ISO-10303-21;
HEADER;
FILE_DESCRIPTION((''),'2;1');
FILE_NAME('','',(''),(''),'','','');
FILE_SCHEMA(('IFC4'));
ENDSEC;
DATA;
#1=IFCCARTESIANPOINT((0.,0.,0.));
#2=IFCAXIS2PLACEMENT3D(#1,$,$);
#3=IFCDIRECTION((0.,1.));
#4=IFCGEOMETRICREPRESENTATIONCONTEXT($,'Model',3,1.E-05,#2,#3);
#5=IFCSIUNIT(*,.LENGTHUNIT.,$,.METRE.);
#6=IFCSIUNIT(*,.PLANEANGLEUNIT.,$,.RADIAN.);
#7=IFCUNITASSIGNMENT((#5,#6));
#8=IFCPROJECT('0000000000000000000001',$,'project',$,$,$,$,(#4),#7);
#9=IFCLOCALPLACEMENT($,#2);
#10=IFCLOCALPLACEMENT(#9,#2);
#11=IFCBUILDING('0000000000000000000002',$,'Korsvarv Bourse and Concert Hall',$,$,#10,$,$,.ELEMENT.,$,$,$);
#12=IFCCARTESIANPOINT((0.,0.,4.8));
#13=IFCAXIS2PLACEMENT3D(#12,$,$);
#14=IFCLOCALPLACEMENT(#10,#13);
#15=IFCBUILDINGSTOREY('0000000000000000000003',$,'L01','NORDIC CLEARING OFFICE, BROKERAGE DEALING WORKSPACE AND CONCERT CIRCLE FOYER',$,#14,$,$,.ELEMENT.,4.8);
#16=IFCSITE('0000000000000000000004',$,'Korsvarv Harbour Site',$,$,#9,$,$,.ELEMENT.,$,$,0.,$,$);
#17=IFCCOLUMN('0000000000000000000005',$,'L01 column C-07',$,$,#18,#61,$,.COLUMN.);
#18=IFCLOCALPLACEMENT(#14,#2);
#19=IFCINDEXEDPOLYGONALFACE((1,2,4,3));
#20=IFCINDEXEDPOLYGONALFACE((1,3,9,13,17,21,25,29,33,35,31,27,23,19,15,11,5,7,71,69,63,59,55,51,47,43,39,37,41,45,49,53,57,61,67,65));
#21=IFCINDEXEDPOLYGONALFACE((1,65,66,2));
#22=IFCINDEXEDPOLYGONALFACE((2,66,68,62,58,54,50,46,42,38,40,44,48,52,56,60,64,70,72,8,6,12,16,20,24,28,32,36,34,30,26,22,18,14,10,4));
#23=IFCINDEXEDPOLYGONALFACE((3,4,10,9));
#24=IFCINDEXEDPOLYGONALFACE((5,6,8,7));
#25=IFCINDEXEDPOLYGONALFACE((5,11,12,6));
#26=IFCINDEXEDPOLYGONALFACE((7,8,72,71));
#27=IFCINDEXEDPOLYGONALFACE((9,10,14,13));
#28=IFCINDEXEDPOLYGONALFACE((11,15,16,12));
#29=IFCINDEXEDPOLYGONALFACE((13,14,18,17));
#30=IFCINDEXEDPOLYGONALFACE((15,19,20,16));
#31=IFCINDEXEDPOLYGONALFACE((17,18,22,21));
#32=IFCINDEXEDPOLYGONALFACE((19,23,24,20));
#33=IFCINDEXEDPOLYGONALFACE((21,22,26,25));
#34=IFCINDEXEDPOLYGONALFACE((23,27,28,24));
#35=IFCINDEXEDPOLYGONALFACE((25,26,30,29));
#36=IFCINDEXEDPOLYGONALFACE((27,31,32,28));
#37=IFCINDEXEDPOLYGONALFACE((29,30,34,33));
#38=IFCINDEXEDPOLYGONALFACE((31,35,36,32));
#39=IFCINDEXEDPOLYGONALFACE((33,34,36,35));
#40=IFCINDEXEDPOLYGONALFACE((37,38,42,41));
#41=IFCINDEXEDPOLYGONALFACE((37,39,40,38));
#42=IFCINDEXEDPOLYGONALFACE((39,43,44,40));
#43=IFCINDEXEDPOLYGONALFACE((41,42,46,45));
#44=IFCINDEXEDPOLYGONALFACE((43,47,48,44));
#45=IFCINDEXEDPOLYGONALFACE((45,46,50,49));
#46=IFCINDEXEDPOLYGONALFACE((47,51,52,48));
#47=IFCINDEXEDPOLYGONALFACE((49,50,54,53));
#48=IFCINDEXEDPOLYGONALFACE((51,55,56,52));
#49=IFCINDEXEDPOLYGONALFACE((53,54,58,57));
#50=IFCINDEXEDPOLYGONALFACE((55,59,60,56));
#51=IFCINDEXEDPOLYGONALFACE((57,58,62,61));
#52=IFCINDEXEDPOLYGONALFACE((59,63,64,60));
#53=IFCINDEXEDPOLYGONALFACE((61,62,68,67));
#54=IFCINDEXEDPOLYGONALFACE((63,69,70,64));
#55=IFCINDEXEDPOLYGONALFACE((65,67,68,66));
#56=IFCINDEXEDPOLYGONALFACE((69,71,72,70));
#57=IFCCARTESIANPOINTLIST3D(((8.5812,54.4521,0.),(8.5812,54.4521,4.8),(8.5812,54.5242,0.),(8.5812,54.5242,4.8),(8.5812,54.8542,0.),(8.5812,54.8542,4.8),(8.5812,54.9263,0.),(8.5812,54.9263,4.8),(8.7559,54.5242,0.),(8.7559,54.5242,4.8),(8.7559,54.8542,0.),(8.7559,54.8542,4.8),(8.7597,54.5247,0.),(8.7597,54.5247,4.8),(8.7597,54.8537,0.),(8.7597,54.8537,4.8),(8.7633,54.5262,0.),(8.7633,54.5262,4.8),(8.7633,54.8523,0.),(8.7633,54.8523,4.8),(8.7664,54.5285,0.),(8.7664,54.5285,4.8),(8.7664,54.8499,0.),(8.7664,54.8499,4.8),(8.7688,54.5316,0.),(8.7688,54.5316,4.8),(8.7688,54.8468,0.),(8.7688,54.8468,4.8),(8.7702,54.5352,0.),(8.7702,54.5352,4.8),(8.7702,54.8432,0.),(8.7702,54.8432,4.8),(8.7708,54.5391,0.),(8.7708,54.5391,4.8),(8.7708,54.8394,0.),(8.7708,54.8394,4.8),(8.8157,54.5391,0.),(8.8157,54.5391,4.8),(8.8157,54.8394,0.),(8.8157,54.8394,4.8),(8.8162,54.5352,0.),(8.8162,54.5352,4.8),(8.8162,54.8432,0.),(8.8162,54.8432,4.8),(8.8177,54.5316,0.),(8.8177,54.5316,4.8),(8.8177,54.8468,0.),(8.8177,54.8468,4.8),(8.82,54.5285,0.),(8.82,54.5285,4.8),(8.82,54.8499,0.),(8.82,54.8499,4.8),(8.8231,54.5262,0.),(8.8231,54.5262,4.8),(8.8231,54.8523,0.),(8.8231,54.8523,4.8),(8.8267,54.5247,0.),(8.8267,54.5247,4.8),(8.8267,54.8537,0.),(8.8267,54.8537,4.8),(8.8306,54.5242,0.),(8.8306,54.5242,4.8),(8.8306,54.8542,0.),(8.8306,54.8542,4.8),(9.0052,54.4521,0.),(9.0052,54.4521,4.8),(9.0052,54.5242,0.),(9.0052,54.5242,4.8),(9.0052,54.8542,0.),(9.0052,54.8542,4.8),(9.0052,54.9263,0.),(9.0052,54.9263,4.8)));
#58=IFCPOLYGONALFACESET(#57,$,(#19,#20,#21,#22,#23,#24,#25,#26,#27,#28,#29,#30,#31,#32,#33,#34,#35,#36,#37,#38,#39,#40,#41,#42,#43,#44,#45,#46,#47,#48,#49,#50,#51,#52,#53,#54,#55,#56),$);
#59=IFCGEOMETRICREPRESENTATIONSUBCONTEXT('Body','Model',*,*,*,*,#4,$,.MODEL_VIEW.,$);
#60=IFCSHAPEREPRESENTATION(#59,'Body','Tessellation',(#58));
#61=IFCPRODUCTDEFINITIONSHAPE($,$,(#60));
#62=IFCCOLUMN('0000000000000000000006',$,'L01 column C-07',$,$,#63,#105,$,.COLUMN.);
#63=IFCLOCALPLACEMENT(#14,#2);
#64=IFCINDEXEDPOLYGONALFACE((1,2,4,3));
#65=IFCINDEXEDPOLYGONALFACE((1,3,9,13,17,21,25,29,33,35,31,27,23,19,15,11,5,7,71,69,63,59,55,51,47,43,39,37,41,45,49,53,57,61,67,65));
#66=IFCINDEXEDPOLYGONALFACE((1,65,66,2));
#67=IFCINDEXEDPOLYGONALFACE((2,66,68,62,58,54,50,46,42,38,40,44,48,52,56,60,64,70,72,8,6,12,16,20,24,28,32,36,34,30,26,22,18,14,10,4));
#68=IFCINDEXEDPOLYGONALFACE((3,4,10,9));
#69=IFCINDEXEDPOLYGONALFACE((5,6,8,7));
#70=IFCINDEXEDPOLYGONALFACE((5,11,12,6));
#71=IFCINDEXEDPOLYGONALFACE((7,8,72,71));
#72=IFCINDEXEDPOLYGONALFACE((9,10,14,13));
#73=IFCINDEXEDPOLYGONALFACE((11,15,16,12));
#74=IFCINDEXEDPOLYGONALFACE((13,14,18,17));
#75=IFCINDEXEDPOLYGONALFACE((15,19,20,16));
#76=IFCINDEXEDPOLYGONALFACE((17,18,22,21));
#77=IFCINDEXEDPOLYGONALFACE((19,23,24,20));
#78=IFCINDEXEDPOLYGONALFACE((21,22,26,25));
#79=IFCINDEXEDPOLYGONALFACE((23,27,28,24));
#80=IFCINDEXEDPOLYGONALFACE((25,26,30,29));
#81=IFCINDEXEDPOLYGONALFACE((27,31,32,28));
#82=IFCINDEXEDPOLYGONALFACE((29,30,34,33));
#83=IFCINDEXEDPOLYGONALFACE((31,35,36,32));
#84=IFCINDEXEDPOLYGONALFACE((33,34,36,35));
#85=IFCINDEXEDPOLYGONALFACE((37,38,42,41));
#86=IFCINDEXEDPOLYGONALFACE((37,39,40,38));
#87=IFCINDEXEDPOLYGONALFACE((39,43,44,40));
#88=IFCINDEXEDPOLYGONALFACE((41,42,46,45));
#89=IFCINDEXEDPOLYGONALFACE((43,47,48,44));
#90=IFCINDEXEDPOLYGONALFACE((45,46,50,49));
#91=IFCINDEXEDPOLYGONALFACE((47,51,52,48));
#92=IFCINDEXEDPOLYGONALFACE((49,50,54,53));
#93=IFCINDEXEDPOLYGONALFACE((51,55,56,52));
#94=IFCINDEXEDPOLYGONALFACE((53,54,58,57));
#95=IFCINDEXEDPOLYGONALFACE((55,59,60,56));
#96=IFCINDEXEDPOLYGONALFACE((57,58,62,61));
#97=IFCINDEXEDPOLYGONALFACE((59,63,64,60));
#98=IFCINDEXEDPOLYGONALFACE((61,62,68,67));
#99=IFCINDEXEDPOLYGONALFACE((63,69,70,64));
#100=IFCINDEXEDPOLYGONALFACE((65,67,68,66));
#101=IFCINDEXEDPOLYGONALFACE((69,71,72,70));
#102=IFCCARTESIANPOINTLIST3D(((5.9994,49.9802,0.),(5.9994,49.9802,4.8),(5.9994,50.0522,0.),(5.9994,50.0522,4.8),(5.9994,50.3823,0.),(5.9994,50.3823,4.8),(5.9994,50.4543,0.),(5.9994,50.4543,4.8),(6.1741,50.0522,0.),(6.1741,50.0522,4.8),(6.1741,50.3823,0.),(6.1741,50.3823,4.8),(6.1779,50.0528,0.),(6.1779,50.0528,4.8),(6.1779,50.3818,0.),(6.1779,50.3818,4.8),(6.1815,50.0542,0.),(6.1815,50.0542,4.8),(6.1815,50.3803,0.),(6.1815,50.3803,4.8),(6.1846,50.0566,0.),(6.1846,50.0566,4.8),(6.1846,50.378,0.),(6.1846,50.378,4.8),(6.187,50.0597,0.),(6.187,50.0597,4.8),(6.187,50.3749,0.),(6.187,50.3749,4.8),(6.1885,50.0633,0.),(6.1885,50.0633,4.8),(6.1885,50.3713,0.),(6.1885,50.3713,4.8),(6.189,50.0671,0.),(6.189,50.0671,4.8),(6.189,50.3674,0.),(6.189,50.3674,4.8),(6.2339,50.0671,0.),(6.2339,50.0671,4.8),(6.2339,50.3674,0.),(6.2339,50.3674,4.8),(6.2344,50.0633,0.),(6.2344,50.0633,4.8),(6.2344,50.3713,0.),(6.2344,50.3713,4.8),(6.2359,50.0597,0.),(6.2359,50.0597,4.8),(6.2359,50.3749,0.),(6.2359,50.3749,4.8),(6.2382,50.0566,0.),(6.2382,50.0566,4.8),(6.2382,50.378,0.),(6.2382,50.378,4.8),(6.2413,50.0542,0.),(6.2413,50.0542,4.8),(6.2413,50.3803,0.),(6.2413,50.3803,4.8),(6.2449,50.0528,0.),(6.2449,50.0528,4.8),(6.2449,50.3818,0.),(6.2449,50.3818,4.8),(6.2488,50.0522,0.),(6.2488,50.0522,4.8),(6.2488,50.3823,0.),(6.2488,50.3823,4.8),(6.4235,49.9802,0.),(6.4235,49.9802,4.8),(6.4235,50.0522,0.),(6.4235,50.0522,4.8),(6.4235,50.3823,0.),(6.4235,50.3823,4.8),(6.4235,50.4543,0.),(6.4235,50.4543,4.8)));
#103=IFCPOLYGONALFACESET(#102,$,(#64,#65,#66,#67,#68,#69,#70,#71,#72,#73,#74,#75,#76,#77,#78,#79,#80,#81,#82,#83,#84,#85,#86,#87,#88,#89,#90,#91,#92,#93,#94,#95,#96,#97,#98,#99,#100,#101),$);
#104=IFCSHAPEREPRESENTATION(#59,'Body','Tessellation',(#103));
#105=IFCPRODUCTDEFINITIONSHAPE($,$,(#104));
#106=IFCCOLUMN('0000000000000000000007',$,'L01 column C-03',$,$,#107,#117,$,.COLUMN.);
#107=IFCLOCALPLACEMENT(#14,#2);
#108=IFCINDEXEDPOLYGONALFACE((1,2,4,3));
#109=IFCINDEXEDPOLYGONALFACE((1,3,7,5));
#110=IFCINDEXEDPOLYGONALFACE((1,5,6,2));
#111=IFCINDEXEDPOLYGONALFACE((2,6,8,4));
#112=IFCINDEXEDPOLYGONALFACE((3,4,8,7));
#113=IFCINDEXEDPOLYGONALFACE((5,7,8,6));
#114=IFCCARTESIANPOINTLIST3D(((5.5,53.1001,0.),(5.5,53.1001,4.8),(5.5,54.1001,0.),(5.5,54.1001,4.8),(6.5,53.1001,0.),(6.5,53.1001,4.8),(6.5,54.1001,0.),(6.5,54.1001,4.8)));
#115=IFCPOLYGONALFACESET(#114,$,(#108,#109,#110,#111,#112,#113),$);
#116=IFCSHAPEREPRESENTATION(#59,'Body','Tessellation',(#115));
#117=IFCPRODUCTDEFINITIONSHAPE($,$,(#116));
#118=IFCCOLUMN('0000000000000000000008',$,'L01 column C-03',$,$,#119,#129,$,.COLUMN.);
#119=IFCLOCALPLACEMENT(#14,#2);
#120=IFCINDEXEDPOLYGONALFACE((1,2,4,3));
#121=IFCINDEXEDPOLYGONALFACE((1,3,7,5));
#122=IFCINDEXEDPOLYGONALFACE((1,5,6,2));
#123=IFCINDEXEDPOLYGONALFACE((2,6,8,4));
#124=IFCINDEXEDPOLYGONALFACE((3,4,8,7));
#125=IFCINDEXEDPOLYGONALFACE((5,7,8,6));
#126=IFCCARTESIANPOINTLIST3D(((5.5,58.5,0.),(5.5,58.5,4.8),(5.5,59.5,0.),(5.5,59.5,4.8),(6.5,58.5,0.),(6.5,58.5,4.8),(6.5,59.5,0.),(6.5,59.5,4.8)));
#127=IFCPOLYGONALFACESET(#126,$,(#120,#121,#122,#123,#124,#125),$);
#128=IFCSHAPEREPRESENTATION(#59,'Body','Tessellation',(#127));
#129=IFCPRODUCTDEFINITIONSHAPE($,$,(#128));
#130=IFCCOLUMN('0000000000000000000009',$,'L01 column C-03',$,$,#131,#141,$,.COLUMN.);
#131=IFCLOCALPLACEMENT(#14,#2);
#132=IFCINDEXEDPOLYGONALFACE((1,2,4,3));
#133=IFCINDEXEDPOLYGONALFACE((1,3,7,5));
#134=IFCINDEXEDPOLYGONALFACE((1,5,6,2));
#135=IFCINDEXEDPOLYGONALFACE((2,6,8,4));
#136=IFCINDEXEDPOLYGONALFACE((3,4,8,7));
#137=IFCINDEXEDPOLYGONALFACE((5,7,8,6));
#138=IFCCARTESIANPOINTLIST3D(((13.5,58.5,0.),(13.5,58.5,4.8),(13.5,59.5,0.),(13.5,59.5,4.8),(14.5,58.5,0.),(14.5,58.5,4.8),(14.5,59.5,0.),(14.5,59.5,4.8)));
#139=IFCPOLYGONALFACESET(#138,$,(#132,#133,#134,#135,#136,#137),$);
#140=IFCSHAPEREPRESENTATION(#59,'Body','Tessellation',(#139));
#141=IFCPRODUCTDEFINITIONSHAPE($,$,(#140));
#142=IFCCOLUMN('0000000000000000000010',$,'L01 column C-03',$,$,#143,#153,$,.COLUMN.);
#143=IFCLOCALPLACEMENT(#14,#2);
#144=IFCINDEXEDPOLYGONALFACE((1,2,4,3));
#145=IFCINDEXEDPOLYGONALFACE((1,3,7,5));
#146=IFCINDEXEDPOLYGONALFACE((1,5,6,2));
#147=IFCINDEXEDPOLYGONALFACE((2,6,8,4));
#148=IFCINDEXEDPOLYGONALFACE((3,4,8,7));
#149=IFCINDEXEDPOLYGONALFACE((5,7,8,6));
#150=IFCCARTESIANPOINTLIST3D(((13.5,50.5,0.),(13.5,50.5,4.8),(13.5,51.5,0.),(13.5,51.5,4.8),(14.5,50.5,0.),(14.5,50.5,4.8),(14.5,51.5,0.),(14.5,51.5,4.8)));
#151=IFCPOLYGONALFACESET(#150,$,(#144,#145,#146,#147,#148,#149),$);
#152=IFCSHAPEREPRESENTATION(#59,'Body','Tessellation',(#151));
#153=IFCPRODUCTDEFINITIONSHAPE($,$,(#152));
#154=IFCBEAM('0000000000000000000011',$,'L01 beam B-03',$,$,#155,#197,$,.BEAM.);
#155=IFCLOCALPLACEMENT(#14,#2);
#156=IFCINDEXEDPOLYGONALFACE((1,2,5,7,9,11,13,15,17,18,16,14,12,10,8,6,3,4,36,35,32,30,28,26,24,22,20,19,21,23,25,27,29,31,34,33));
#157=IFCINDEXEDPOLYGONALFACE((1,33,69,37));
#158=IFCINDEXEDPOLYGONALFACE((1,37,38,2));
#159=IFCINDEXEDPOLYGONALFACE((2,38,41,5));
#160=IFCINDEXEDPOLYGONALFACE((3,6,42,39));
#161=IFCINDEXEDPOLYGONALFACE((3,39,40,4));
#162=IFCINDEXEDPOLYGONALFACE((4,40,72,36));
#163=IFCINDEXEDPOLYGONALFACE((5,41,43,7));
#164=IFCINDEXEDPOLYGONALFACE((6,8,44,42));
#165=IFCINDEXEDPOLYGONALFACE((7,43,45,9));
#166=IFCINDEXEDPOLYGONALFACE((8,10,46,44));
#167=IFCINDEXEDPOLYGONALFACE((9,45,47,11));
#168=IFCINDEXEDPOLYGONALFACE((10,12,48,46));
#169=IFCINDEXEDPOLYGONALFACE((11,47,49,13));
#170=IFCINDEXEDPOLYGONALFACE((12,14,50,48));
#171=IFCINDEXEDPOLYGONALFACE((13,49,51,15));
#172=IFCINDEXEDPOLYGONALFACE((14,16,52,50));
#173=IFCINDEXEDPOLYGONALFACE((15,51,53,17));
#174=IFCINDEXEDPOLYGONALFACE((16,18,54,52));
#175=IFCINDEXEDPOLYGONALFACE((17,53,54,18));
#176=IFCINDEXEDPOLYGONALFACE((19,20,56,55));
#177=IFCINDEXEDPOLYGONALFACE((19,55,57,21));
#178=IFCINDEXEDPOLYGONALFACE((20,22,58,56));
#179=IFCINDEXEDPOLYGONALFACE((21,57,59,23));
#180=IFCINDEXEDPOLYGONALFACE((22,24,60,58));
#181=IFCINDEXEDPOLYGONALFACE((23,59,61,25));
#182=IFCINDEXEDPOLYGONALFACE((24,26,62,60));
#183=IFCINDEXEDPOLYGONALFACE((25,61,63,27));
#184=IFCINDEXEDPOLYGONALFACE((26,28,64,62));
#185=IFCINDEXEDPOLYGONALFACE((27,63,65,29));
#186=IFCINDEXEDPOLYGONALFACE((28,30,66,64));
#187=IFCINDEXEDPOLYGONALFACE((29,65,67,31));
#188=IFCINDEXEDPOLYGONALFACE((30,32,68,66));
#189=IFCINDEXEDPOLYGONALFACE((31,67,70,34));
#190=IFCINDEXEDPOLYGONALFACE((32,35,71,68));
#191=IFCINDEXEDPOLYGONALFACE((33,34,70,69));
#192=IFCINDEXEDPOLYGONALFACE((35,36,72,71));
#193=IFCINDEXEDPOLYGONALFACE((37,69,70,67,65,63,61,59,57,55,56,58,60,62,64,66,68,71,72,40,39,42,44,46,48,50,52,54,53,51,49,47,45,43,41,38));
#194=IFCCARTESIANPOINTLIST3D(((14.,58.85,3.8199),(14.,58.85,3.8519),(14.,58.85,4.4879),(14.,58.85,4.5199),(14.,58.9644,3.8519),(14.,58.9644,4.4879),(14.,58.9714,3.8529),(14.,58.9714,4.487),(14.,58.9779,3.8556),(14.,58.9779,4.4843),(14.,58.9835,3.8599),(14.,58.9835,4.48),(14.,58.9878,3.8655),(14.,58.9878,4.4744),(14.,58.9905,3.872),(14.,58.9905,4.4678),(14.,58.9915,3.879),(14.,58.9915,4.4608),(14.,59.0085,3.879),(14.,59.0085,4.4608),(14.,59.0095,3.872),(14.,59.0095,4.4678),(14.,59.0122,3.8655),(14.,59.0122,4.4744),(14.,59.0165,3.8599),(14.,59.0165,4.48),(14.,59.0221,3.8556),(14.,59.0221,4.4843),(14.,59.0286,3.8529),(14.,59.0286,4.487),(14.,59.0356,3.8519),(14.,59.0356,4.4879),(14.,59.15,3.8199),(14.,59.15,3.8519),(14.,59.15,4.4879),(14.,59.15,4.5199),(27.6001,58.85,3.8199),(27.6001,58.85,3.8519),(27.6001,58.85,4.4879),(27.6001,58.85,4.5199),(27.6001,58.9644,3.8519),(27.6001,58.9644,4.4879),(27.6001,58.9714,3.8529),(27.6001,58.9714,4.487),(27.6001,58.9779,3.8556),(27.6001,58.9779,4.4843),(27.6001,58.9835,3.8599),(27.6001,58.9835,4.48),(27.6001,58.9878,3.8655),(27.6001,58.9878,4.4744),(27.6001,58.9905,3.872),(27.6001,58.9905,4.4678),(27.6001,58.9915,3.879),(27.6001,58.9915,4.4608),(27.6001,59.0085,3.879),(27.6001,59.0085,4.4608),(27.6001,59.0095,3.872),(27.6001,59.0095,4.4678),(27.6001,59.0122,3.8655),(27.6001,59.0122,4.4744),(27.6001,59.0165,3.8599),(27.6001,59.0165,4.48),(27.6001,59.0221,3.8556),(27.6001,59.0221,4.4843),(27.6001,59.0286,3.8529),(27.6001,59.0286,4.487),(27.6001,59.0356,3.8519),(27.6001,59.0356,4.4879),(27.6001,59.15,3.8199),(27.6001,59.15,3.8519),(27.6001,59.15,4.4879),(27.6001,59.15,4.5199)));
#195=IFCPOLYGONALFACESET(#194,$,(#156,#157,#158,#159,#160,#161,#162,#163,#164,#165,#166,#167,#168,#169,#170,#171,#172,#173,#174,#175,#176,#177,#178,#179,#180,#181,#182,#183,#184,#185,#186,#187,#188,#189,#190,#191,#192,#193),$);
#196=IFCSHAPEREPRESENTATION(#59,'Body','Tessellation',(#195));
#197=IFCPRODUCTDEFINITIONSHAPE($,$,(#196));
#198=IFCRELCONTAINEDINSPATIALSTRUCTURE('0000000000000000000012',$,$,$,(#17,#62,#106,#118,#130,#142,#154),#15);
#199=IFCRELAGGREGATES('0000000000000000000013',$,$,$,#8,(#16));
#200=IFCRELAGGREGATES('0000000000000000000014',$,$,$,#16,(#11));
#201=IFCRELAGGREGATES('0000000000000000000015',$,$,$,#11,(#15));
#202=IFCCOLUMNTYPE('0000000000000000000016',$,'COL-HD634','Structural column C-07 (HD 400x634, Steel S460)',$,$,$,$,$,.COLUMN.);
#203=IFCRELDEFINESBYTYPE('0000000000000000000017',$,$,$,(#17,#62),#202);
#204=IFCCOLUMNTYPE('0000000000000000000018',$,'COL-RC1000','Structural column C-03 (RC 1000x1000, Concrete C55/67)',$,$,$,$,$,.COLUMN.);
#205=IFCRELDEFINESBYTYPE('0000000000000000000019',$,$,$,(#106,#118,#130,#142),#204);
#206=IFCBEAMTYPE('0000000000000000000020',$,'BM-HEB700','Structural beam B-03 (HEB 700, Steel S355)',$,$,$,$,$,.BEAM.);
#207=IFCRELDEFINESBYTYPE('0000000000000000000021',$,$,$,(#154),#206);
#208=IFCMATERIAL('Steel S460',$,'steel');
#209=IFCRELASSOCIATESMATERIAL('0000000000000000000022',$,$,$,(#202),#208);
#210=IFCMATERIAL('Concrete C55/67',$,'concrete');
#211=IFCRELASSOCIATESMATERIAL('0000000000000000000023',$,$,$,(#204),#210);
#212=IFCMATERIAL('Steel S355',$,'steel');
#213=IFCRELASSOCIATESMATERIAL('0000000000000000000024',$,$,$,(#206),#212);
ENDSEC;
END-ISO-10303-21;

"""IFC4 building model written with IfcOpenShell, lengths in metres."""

from ifc_helpers import new_model, si_unit, direction, frame, origin, origin_2d, place, context, subcontext, project, spatial, rectangle, i_section, extrude, source, transform, mapped, material, material_profile, profile_set, type_object, element, save


model = new_model("IFC4")

# Units and contexts
model_context = context("Model", 3, precision=1e-05, world=origin(), true_north=direction((0.0, 1.0)))
body_context = subcontext(model_context, "Body", "Model", "MODEL_VIEW")
ifc_project = project(units=[si_unit("LENGTHUNIT", "METRE"), si_unit("PLANEANGLEUNIT", "RADIAN")], contexts=[model_context])

# Site, building, storey
site_placement = place(None, origin())
site = spatial("IfcSite", under=ifc_project, at=site_placement, Name="Korsvarv Harbour Site", CompositionType="ELEMENT", RefElevation=0.0)
building_placement = place(site_placement, origin())
building = spatial("IfcBuilding", under=site, at=building_placement, Name="Korsvarv Bourse and Concert Hall", CompositionType="ELEMENT")
storey_placement = place(building_placement, frame((0.0, 0.0, 4.8)))
storey = spatial("IfcBuildingStorey", under=building, at=storey_placement, Name="L01", Description="NORDIC CLEARING OFFICE, BROKERAGE DEALING WORKSPACE AND CONCERT CIRCLE FOYER", CompositionType="ELEMENT", Elevation=4.8)

# Columns
ifc_material_1 = material(Name="Steel S460", Category="steel")
ifc_material_profile_1 = material_profile(ifc_material_1, i_section(OverallWidth=0.4241, OverallDepth=0.4741, WebThickness=0.0449, FlangeThickness=0.072, FilletRadius=0.0149, at=origin_2d()), Name="HD 400x634")
ifc_profile_set_1 = profile_set([ifc_material_profile_1], Name="Steel S460")
column_type_1 = type_object("IfcColumnType", Name="COL-HD634", Description="Structural column C-07 (HD 400x634, Steel S460)", PredefinedType="COLUMN", material=ifc_profile_set_1)
shared_shape_1 = source(origin(), body_context, "Body", "SweptSolid", [
    extrude(i_section(OverallWidth=0.4241, OverallDepth=0.4741, WebThickness=0.0449, FlangeThickness=0.072, FilletRadius=0.0149, at=origin_2d()), origin(), (0.0, 0.0, 1.0), 4.8),
])
for number, where, z_axis, x_axis, name in (
    (1, (8.7932, 54.6892, 0.0), (0.0, 0.0, 1.0), (1.0, 0.0, 0.0), "L01 column C-07"),
    (2, (6.2114, 50.2173, 0.0), (0.0, 0.0, 1.0), (1.0, 0.0, 0.0), "L01 column C-07"),
):
    element("IfcColumn", number, at=place(storey_placement, frame(where, z_axis=z_axis, x_axis=x_axis)), inside=storey, type_object=column_type_1, Name=name, PredefinedType="COLUMN", context=body_context, shape_type="MappedRepresentation", body=[
        mapped(shared_shape_1, transform((0.0, 0.0, 0.0), scale=1.0)),
    ])
ifc_material_2 = material(Name="Concrete C55/67", Category="concrete")
ifc_material_profile_2 = material_profile(ifc_material_2, rectangle(XDim=1.0, YDim=1.0, at=origin_2d()), Name="RC 1000x1000")
ifc_profile_set_2 = profile_set([ifc_material_profile_2], Name="Concrete C55/67")
column_type_2 = type_object("IfcColumnType", Name="COL-RC1000", Description="Structural column C-03 (RC 1000x1000, Concrete C55/67)", PredefinedType="COLUMN", material=ifc_profile_set_2)
shared_shape_2 = source(origin(), body_context, "Body", "SweptSolid", [
    extrude(rectangle(XDim=1.0, YDim=1.0, at=origin_2d()), origin(), (0.0, 0.0, 1.0), 4.8),
])
for number, where, z_axis, x_axis, name in (
    (3, (6.0, 53.6001, 0.0), (0.0, 0.0, 1.0), (1.0, 0.0, 0.0), "L01 column C-03"),
    (4, (6.0, 59.0, 0.0), (0.0, 0.0, 1.0), (1.0, 0.0, 0.0), "L01 column C-03"),
    (5, (14.0, 59.0, 0.0), (0.0, 0.0, 1.0), (1.0, 0.0, 0.0), "L01 column C-03"),
    (6, (14.0, 51.0, 0.0), (0.0, 0.0, 1.0), (1.0, 0.0, 0.0), "L01 column C-03"),
):
    element("IfcColumn", number, at=place(storey_placement, frame(where, z_axis=z_axis, x_axis=x_axis)), inside=storey, type_object=column_type_2, Name=name, PredefinedType="COLUMN", context=body_context, shape_type="MappedRepresentation", body=[
        mapped(shared_shape_2, transform((0.0, 0.0, 0.0), scale=1.0)),
    ])

# Beam
ifc_material_3 = material(Name="Steel S355", Category="steel")
ifc_material_profile_3 = material_profile(ifc_material_3, i_section(OverallWidth=0.3, OverallDepth=0.7, WebThickness=0.0171, FlangeThickness=0.032, FilletRadius=0.0271, at=origin_2d()), Name="HEB 700")
ifc_profile_set_3 = profile_set([ifc_material_profile_3], Name="Steel S355")
beam_type = type_object("IfcBeamType", Name="BM-HEB700", Description="Structural beam B-03 (HEB 700, Steel S355)", PredefinedType="BEAM", material=ifc_profile_set_3)
shared_shape_3 = source(origin(), body_context, "Body", "SweptSolid", [
    extrude(i_section(OverallWidth=0.3, OverallDepth=0.7, WebThickness=0.0171, FlangeThickness=0.032, FilletRadius=0.0271, at=origin_2d()), origin(), (0.0, 0.0, 1.0), 13.6001),
])
beam_1_placement = place(storey_placement, frame((14.0, 59.0, 4.1699), z_axis=(1.0, 0.0, 0.0), x_axis=(0.0, 1.0, 0.0)))
element("IfcBeam", 7, at=beam_1_placement, inside=storey, type_object=beam_type, Name="L01 beam B-03", PredefinedType="BEAM", context=body_context, shape_type="MappedRepresentation", body=[
    mapped(shared_shape_3, transform((0.0, 0.0, 0.0), scale=1.0)),
])

save(model, "model.ifc")
